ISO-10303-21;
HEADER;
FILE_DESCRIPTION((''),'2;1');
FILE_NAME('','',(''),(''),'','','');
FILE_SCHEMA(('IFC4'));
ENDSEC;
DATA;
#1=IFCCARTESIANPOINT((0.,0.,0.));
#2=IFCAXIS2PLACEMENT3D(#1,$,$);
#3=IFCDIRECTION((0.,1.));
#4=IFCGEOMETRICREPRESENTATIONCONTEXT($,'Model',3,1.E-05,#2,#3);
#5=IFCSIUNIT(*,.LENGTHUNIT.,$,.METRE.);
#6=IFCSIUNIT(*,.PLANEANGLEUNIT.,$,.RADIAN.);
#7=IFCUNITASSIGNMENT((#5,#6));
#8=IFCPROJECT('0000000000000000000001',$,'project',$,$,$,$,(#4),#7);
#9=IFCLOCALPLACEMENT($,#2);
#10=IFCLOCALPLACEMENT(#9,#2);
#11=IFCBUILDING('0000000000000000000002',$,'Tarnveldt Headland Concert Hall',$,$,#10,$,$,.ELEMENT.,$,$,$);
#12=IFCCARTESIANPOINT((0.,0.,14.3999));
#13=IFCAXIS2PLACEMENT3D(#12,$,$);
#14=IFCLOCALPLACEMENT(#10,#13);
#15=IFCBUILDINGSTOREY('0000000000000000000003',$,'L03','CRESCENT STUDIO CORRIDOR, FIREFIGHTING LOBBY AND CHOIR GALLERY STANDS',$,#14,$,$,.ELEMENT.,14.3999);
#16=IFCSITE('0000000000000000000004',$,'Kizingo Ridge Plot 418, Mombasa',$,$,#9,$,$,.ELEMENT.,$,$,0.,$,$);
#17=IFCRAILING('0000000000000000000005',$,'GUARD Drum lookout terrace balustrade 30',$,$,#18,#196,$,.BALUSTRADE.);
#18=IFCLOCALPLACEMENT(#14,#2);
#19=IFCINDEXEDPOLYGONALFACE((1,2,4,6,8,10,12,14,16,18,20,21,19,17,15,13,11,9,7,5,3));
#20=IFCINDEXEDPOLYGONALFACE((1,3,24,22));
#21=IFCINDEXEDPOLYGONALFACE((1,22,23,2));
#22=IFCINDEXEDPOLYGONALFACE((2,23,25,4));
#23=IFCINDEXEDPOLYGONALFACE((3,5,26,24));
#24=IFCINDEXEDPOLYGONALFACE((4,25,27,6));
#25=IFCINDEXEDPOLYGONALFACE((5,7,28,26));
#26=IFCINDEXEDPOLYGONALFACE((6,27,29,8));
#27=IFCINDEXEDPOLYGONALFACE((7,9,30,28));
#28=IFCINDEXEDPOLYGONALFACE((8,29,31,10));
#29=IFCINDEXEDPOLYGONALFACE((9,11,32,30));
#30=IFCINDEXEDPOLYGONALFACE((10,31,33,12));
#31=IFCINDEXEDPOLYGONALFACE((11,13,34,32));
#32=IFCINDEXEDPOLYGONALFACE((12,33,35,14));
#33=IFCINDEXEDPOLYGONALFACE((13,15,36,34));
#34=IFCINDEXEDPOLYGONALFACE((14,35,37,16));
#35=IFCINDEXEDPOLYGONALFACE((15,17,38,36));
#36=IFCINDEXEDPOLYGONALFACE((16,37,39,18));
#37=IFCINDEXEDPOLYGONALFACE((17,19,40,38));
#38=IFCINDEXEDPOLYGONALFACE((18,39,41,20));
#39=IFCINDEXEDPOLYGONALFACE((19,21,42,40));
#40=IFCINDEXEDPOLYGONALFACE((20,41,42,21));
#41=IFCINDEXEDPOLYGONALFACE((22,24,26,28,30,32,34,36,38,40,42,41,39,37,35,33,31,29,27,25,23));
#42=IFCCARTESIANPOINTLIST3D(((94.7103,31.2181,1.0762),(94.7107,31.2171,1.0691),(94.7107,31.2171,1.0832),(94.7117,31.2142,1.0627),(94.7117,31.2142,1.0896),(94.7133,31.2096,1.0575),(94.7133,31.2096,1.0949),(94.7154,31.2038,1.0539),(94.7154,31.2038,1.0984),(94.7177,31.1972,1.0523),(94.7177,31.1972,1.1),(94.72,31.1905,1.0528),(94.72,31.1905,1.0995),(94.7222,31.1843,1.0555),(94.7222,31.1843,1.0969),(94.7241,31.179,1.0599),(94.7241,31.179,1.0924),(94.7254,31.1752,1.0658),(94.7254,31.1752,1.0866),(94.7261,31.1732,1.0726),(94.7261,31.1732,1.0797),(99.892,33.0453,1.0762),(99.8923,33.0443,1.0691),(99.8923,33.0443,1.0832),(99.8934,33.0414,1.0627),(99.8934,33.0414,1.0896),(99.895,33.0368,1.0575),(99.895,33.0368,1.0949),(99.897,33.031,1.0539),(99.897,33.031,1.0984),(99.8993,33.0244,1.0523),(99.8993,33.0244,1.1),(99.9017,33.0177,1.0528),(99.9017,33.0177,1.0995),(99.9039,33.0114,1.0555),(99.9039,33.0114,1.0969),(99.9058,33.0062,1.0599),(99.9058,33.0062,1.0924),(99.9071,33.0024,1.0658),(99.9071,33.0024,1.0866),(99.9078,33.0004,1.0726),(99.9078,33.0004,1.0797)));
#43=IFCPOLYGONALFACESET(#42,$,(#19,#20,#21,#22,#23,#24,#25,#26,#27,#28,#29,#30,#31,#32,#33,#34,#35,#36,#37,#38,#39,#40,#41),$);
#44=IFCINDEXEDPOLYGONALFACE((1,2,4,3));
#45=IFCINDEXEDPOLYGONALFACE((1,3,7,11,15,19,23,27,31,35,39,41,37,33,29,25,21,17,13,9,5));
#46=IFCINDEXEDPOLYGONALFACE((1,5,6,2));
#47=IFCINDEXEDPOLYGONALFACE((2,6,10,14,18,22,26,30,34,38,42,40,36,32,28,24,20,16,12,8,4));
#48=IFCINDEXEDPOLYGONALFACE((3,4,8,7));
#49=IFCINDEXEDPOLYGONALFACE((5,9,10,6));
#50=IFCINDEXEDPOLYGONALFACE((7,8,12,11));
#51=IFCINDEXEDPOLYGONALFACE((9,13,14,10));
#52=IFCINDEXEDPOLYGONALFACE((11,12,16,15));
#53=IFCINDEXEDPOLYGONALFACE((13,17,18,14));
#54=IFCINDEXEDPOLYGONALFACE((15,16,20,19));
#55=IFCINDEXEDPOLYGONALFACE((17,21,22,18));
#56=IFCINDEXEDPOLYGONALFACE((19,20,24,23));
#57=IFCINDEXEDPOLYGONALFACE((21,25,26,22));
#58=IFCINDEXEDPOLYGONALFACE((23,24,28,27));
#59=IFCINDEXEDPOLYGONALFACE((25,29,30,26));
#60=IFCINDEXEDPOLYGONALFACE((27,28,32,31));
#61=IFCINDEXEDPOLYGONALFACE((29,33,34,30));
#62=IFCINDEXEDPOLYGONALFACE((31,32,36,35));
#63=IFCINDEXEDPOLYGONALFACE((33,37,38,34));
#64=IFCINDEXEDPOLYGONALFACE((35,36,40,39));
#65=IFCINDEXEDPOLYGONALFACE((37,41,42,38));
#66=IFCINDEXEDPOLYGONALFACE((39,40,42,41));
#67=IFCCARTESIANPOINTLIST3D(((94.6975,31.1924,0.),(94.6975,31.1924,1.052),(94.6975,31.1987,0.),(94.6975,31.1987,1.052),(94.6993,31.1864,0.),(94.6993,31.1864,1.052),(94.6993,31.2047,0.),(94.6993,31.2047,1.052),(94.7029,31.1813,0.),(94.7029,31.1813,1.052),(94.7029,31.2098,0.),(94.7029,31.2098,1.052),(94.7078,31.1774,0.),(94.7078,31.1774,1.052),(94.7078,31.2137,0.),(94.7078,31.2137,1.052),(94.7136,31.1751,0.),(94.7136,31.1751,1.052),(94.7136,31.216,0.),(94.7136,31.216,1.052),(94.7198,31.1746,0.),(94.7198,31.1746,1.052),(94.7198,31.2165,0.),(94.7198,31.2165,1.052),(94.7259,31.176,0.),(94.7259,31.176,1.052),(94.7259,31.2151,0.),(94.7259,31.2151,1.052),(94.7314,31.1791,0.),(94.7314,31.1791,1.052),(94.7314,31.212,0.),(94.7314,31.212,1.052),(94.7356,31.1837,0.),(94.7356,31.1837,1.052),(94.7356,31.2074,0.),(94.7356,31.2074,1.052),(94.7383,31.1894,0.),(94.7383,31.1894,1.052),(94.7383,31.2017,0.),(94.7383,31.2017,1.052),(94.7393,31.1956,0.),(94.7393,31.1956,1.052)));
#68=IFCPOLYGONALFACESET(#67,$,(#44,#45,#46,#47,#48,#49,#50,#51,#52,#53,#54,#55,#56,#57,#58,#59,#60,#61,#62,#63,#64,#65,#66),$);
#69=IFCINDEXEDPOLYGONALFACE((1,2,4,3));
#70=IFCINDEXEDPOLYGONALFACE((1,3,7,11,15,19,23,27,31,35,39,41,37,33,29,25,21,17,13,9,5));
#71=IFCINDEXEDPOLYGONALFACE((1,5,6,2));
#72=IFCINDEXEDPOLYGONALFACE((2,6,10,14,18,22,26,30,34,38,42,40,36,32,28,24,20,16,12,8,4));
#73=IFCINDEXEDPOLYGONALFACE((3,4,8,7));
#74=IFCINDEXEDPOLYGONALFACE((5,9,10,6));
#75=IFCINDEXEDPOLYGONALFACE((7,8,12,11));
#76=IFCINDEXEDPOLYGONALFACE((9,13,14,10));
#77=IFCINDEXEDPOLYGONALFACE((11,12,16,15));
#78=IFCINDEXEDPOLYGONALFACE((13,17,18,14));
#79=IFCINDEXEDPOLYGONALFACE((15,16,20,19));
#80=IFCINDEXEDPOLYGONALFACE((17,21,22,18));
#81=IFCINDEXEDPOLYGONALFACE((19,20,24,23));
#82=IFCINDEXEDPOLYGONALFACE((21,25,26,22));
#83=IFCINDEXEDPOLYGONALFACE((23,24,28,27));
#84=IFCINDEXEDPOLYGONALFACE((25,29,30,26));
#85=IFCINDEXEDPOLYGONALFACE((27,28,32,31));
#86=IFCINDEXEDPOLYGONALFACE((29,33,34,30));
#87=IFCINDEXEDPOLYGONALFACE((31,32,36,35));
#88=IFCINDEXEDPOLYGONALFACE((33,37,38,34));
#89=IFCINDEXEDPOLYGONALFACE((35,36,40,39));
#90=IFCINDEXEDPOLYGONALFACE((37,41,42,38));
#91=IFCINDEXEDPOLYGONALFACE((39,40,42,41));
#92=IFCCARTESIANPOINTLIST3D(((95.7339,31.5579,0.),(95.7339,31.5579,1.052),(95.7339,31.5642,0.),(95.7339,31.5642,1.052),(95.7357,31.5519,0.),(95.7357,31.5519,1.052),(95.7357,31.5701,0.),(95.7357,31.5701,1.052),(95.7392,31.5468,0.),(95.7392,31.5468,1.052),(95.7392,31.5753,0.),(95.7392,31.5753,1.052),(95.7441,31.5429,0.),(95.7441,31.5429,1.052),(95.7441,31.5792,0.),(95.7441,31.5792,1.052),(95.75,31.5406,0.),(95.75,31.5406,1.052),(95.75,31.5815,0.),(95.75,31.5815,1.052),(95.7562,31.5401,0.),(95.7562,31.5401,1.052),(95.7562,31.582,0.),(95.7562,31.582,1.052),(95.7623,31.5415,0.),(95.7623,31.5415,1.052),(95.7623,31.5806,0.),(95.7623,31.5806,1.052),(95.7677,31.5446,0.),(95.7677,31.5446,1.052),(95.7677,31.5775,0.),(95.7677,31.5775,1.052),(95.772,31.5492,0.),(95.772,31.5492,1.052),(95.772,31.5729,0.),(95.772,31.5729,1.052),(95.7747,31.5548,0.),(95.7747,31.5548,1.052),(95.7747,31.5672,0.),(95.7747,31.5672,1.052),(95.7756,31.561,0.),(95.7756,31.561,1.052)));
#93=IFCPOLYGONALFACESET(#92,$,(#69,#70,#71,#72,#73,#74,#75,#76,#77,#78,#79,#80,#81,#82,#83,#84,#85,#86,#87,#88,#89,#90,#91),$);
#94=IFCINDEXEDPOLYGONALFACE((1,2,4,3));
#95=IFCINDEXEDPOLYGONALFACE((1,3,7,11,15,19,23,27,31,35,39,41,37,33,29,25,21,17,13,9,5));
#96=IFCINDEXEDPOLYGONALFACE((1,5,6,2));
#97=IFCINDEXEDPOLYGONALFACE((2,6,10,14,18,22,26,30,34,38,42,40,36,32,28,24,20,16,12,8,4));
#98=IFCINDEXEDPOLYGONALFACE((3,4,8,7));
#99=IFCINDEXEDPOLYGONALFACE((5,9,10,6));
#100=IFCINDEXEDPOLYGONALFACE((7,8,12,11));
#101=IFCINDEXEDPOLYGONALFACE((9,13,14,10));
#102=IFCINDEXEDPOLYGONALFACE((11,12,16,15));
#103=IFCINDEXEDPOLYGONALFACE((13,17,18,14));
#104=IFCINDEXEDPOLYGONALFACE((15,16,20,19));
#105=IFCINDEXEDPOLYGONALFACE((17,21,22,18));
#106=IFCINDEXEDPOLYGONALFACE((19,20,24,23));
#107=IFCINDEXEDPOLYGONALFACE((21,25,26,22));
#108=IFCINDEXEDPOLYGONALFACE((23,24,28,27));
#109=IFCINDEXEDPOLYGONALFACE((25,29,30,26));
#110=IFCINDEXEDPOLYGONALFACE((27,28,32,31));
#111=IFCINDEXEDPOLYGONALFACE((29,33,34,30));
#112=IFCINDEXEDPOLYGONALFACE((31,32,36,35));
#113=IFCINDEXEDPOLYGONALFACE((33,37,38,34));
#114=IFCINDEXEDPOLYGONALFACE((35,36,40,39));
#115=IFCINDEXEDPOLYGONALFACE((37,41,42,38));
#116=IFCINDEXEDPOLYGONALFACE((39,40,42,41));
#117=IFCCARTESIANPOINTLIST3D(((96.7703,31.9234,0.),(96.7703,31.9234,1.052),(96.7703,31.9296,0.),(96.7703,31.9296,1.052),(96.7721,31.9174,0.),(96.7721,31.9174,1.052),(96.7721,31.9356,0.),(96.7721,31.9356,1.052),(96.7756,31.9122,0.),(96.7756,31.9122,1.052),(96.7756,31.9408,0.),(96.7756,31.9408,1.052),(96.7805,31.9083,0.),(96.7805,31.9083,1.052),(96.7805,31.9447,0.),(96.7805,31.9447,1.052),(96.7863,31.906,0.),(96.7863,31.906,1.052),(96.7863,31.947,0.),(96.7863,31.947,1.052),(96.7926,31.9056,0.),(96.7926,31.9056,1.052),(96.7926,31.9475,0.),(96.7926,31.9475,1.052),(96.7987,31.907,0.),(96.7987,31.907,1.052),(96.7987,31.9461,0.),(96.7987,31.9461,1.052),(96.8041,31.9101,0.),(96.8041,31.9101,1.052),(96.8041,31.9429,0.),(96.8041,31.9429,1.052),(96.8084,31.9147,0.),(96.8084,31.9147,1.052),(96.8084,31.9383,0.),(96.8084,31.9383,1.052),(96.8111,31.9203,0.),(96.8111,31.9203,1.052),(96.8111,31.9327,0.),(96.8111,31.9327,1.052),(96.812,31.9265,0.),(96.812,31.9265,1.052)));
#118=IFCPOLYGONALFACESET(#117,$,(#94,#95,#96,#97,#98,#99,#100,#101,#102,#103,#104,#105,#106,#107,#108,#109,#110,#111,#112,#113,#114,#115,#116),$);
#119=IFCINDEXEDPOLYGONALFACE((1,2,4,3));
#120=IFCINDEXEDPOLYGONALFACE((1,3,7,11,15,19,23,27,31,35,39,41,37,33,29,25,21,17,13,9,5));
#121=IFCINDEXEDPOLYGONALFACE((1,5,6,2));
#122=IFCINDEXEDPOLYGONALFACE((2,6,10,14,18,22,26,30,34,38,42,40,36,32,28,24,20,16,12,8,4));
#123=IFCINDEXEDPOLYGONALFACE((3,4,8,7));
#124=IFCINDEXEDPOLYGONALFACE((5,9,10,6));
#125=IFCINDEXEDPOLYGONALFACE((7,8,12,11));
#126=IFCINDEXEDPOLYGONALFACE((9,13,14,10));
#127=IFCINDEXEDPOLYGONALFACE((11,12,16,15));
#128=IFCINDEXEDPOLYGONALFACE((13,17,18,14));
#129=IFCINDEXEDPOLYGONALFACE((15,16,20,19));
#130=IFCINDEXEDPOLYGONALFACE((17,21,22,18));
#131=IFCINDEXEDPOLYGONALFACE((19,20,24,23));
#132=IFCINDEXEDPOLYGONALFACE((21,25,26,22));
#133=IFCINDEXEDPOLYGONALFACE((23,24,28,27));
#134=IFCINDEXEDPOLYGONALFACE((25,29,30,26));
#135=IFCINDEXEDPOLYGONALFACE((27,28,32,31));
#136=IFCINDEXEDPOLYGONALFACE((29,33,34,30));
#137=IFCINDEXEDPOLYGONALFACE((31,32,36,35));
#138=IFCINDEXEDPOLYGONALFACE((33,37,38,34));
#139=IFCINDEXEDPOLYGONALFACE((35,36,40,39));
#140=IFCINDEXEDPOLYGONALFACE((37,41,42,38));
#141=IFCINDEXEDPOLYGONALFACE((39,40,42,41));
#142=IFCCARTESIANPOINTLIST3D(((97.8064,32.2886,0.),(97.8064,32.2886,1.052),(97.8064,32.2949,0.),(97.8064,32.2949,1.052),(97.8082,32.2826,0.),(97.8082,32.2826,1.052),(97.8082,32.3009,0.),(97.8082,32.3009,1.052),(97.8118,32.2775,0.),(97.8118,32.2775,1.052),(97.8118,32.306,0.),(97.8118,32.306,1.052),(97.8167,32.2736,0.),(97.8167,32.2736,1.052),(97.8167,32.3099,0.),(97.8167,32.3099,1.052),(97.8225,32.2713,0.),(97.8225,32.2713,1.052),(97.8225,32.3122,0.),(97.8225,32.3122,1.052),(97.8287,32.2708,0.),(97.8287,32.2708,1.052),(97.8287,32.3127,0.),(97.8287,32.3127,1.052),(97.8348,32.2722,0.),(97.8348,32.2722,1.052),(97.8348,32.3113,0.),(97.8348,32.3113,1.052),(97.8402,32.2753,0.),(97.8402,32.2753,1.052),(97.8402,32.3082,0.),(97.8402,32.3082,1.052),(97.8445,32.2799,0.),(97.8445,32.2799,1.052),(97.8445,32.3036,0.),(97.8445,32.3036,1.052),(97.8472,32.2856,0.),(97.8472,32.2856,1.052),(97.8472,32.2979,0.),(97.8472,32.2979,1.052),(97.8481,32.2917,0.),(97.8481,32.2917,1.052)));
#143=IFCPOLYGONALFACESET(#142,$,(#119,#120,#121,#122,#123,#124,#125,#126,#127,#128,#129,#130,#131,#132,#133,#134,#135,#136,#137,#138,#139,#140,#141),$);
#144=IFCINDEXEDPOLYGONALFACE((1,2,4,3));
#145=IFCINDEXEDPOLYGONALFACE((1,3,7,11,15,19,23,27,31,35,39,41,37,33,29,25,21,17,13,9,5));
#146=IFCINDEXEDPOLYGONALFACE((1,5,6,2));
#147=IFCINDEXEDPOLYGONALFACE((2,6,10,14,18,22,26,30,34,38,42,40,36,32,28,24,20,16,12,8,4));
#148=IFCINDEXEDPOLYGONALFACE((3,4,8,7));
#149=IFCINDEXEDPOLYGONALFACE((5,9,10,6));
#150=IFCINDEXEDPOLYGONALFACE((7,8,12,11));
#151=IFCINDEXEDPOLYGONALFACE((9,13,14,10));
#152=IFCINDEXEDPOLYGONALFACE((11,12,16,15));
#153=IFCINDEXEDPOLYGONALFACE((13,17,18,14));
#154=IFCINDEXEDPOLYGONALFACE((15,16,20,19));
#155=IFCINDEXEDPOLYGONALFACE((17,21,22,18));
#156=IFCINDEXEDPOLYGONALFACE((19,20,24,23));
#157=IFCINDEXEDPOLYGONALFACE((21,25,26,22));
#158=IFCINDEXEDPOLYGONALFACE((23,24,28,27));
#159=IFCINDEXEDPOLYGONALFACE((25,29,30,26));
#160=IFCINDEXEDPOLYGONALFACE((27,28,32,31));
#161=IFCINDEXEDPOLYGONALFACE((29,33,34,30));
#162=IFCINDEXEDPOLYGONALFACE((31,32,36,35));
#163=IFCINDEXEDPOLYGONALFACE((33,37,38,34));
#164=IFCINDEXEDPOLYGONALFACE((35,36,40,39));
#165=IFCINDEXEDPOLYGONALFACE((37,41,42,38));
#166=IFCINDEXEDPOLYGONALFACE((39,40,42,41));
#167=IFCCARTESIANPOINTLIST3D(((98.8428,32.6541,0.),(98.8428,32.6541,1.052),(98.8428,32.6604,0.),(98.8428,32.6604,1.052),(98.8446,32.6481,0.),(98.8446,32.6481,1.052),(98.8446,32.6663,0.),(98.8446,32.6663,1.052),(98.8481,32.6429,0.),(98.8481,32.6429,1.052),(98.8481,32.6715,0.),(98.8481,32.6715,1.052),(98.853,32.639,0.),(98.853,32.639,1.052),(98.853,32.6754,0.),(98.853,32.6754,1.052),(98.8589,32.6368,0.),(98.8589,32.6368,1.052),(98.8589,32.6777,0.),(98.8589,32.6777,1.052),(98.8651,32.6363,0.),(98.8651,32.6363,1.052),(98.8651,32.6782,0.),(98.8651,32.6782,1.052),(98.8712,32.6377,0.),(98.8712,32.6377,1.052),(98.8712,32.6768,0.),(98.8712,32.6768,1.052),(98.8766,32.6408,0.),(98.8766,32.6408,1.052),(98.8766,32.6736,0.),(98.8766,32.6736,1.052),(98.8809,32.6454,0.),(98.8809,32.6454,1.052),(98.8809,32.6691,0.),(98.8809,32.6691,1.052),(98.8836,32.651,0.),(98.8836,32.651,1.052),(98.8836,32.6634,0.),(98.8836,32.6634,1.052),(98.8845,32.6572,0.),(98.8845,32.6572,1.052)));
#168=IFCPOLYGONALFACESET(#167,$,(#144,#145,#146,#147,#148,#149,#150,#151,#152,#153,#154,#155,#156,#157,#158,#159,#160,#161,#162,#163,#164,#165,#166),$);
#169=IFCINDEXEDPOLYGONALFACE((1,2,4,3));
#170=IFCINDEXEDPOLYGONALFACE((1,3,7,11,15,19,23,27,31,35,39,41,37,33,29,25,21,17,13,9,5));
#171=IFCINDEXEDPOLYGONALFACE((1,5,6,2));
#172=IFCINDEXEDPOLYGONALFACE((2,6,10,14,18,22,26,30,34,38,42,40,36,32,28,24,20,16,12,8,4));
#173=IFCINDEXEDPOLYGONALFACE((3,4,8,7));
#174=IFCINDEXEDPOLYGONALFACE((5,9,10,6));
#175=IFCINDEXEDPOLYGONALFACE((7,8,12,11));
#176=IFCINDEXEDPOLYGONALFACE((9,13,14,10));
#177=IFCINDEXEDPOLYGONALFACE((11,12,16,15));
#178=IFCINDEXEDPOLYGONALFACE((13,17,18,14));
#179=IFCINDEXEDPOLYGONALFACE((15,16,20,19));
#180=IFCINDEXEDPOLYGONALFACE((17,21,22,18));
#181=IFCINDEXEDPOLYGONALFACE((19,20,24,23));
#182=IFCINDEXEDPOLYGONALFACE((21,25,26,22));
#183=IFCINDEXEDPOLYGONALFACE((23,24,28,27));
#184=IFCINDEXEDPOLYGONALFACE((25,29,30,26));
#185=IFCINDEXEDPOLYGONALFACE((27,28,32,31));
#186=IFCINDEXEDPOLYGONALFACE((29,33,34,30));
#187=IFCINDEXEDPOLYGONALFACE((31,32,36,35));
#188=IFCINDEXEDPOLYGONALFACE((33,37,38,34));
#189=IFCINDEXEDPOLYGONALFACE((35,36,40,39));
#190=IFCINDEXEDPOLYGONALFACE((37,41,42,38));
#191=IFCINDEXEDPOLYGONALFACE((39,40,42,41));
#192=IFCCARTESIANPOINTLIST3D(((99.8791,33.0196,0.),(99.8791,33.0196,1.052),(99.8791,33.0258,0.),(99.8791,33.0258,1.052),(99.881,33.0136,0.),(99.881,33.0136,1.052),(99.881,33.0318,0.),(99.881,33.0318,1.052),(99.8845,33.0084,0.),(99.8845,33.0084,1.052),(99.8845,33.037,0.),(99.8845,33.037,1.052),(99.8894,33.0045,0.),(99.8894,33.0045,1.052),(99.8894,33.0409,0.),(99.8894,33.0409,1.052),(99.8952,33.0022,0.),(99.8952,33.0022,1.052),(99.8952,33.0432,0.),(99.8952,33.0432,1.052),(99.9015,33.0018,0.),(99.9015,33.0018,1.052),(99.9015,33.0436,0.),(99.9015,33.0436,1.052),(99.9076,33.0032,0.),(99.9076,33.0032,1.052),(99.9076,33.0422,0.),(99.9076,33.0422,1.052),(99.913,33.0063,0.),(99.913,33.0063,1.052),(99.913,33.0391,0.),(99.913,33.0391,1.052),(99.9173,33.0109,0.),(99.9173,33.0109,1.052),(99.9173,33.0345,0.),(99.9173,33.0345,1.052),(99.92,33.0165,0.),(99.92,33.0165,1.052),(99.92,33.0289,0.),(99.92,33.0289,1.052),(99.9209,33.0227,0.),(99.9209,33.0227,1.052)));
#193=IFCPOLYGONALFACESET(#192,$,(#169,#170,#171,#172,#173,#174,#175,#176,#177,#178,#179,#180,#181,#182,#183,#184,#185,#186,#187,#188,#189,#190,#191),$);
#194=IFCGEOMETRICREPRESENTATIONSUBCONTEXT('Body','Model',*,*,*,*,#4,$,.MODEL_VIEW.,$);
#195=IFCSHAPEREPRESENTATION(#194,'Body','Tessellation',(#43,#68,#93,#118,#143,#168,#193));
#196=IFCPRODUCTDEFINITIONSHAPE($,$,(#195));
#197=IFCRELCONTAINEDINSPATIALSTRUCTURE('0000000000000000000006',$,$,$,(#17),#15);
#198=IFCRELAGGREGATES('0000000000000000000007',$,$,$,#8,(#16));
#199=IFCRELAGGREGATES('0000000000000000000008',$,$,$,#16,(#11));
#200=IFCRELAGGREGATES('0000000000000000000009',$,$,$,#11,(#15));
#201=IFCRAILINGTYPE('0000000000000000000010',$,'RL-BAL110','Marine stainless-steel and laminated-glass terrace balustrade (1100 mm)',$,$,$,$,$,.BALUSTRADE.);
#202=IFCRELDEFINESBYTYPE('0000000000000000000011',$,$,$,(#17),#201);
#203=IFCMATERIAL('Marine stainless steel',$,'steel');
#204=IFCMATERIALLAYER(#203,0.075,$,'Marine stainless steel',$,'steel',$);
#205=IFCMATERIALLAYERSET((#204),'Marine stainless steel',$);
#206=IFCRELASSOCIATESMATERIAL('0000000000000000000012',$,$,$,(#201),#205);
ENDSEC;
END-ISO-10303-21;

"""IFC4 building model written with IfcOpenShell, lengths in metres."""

from ifc_helpers import new_model, si_unit, direction, frame, origin, origin_2d, place, context, subcontext, project, spatial, circle, extrude, material, layer, layer_set, type_object, element, save


model = new_model("IFC4")

# Units and contexts
model_context = context("Model", 3, precision=1e-05, world=origin(), true_north=direction((0.0, 1.0)))
body_context = subcontext(model_context, "Body", "Model", "MODEL_VIEW")
ifc_project = project(units=[si_unit("LENGTHUNIT", "METRE"), si_unit("PLANEANGLEUNIT", "RADIAN")], contexts=[model_context])

# Site, building, storey
site_placement = place(None, origin())
site = spatial("IfcSite", under=ifc_project, at=site_placement, Name="Kizingo Ridge Plot 418, Mombasa", CompositionType="ELEMENT", RefElevation=0.0)
building_placement = place(site_placement, origin())
building = spatial("IfcBuilding", under=site, at=building_placement, Name="Tarnveldt Headland Concert Hall", CompositionType="ELEMENT")
storey_placement = place(building_placement, frame((0.0, 0.0, 14.3999)))
storey = spatial("IfcBuildingStorey", under=building, at=storey_placement, Name="L03", Description="CRESCENT STUDIO CORRIDOR, FIREFIGHTING LOBBY AND CHOIR GALLERY STANDS", CompositionType="ELEMENT", Elevation=14.3999)

# Railing
ifc_material_1 = material(Name="Marine stainless steel", Category="steel")
ifc_layer_1 = layer(ifc_material_1, 0.075, Name="Marine stainless steel", Category="steel")
ifc_layer_set_1 = layer_set([ifc_layer_1], Name="Marine stainless steel")
railing_type_1 = type_object("IfcRailingType", Name="RL-BAL110", Description="Marine stainless-steel and laminated-glass terrace balustrade (1100 mm)", PredefinedType="BALUSTRADE", material=ifc_layer_set_1)
railing_1_placement = place(storey_placement, frame((94.7183, 31.1956, 0.0)))
element("IfcRailing", 1, at=railing_1_placement, inside=storey, type_object=railing_type_1, Name="GUARD Drum lookout terrace balustrade 30", PredefinedType="BALUSTRADE", context=body_context, shape_type="SweptSolid", body=[
    extrude(circle(Radius=0.0239, at=origin_2d()), frame((0.0, 0.0, 1.0762), z_axis=(0.943085, 0.33255, 0.0), x_axis=(-0.33255, 0.943085, 0.0)), (0.0, 0.0, 1.0), 5.4944),
    extrude(circle(Radius=0.021, at=origin_2d()), origin(), (0.0, 0.0, 1.0), 1.052),
    extrude(circle(Radius=0.021, at=origin_2d()), frame((1.0364, 0.3655, 0.0)), (0.0, 0.0, 1.0), 1.052),
    extrude(circle(Radius=0.021, at=origin_2d()), frame((2.0728, 0.731, 0.0)), (0.0, 0.0, 1.0), 1.052),
    extrude(circle(Radius=0.021, at=origin_2d()), frame((3.1089, 1.0962, 0.0)), (0.0, 0.0, 1.0), 1.052),
    extrude(circle(Radius=0.021, at=origin_2d()), frame((4.1453, 1.4617, 0.0)), (0.0, 0.0, 1.0), 1.052),
    extrude(circle(Radius=0.021, at=origin_2d()), frame((5.1816, 1.8271, 0.0)), (0.0, 0.0, 1.0), 1.052),
])

save(model, "model.ifc")
